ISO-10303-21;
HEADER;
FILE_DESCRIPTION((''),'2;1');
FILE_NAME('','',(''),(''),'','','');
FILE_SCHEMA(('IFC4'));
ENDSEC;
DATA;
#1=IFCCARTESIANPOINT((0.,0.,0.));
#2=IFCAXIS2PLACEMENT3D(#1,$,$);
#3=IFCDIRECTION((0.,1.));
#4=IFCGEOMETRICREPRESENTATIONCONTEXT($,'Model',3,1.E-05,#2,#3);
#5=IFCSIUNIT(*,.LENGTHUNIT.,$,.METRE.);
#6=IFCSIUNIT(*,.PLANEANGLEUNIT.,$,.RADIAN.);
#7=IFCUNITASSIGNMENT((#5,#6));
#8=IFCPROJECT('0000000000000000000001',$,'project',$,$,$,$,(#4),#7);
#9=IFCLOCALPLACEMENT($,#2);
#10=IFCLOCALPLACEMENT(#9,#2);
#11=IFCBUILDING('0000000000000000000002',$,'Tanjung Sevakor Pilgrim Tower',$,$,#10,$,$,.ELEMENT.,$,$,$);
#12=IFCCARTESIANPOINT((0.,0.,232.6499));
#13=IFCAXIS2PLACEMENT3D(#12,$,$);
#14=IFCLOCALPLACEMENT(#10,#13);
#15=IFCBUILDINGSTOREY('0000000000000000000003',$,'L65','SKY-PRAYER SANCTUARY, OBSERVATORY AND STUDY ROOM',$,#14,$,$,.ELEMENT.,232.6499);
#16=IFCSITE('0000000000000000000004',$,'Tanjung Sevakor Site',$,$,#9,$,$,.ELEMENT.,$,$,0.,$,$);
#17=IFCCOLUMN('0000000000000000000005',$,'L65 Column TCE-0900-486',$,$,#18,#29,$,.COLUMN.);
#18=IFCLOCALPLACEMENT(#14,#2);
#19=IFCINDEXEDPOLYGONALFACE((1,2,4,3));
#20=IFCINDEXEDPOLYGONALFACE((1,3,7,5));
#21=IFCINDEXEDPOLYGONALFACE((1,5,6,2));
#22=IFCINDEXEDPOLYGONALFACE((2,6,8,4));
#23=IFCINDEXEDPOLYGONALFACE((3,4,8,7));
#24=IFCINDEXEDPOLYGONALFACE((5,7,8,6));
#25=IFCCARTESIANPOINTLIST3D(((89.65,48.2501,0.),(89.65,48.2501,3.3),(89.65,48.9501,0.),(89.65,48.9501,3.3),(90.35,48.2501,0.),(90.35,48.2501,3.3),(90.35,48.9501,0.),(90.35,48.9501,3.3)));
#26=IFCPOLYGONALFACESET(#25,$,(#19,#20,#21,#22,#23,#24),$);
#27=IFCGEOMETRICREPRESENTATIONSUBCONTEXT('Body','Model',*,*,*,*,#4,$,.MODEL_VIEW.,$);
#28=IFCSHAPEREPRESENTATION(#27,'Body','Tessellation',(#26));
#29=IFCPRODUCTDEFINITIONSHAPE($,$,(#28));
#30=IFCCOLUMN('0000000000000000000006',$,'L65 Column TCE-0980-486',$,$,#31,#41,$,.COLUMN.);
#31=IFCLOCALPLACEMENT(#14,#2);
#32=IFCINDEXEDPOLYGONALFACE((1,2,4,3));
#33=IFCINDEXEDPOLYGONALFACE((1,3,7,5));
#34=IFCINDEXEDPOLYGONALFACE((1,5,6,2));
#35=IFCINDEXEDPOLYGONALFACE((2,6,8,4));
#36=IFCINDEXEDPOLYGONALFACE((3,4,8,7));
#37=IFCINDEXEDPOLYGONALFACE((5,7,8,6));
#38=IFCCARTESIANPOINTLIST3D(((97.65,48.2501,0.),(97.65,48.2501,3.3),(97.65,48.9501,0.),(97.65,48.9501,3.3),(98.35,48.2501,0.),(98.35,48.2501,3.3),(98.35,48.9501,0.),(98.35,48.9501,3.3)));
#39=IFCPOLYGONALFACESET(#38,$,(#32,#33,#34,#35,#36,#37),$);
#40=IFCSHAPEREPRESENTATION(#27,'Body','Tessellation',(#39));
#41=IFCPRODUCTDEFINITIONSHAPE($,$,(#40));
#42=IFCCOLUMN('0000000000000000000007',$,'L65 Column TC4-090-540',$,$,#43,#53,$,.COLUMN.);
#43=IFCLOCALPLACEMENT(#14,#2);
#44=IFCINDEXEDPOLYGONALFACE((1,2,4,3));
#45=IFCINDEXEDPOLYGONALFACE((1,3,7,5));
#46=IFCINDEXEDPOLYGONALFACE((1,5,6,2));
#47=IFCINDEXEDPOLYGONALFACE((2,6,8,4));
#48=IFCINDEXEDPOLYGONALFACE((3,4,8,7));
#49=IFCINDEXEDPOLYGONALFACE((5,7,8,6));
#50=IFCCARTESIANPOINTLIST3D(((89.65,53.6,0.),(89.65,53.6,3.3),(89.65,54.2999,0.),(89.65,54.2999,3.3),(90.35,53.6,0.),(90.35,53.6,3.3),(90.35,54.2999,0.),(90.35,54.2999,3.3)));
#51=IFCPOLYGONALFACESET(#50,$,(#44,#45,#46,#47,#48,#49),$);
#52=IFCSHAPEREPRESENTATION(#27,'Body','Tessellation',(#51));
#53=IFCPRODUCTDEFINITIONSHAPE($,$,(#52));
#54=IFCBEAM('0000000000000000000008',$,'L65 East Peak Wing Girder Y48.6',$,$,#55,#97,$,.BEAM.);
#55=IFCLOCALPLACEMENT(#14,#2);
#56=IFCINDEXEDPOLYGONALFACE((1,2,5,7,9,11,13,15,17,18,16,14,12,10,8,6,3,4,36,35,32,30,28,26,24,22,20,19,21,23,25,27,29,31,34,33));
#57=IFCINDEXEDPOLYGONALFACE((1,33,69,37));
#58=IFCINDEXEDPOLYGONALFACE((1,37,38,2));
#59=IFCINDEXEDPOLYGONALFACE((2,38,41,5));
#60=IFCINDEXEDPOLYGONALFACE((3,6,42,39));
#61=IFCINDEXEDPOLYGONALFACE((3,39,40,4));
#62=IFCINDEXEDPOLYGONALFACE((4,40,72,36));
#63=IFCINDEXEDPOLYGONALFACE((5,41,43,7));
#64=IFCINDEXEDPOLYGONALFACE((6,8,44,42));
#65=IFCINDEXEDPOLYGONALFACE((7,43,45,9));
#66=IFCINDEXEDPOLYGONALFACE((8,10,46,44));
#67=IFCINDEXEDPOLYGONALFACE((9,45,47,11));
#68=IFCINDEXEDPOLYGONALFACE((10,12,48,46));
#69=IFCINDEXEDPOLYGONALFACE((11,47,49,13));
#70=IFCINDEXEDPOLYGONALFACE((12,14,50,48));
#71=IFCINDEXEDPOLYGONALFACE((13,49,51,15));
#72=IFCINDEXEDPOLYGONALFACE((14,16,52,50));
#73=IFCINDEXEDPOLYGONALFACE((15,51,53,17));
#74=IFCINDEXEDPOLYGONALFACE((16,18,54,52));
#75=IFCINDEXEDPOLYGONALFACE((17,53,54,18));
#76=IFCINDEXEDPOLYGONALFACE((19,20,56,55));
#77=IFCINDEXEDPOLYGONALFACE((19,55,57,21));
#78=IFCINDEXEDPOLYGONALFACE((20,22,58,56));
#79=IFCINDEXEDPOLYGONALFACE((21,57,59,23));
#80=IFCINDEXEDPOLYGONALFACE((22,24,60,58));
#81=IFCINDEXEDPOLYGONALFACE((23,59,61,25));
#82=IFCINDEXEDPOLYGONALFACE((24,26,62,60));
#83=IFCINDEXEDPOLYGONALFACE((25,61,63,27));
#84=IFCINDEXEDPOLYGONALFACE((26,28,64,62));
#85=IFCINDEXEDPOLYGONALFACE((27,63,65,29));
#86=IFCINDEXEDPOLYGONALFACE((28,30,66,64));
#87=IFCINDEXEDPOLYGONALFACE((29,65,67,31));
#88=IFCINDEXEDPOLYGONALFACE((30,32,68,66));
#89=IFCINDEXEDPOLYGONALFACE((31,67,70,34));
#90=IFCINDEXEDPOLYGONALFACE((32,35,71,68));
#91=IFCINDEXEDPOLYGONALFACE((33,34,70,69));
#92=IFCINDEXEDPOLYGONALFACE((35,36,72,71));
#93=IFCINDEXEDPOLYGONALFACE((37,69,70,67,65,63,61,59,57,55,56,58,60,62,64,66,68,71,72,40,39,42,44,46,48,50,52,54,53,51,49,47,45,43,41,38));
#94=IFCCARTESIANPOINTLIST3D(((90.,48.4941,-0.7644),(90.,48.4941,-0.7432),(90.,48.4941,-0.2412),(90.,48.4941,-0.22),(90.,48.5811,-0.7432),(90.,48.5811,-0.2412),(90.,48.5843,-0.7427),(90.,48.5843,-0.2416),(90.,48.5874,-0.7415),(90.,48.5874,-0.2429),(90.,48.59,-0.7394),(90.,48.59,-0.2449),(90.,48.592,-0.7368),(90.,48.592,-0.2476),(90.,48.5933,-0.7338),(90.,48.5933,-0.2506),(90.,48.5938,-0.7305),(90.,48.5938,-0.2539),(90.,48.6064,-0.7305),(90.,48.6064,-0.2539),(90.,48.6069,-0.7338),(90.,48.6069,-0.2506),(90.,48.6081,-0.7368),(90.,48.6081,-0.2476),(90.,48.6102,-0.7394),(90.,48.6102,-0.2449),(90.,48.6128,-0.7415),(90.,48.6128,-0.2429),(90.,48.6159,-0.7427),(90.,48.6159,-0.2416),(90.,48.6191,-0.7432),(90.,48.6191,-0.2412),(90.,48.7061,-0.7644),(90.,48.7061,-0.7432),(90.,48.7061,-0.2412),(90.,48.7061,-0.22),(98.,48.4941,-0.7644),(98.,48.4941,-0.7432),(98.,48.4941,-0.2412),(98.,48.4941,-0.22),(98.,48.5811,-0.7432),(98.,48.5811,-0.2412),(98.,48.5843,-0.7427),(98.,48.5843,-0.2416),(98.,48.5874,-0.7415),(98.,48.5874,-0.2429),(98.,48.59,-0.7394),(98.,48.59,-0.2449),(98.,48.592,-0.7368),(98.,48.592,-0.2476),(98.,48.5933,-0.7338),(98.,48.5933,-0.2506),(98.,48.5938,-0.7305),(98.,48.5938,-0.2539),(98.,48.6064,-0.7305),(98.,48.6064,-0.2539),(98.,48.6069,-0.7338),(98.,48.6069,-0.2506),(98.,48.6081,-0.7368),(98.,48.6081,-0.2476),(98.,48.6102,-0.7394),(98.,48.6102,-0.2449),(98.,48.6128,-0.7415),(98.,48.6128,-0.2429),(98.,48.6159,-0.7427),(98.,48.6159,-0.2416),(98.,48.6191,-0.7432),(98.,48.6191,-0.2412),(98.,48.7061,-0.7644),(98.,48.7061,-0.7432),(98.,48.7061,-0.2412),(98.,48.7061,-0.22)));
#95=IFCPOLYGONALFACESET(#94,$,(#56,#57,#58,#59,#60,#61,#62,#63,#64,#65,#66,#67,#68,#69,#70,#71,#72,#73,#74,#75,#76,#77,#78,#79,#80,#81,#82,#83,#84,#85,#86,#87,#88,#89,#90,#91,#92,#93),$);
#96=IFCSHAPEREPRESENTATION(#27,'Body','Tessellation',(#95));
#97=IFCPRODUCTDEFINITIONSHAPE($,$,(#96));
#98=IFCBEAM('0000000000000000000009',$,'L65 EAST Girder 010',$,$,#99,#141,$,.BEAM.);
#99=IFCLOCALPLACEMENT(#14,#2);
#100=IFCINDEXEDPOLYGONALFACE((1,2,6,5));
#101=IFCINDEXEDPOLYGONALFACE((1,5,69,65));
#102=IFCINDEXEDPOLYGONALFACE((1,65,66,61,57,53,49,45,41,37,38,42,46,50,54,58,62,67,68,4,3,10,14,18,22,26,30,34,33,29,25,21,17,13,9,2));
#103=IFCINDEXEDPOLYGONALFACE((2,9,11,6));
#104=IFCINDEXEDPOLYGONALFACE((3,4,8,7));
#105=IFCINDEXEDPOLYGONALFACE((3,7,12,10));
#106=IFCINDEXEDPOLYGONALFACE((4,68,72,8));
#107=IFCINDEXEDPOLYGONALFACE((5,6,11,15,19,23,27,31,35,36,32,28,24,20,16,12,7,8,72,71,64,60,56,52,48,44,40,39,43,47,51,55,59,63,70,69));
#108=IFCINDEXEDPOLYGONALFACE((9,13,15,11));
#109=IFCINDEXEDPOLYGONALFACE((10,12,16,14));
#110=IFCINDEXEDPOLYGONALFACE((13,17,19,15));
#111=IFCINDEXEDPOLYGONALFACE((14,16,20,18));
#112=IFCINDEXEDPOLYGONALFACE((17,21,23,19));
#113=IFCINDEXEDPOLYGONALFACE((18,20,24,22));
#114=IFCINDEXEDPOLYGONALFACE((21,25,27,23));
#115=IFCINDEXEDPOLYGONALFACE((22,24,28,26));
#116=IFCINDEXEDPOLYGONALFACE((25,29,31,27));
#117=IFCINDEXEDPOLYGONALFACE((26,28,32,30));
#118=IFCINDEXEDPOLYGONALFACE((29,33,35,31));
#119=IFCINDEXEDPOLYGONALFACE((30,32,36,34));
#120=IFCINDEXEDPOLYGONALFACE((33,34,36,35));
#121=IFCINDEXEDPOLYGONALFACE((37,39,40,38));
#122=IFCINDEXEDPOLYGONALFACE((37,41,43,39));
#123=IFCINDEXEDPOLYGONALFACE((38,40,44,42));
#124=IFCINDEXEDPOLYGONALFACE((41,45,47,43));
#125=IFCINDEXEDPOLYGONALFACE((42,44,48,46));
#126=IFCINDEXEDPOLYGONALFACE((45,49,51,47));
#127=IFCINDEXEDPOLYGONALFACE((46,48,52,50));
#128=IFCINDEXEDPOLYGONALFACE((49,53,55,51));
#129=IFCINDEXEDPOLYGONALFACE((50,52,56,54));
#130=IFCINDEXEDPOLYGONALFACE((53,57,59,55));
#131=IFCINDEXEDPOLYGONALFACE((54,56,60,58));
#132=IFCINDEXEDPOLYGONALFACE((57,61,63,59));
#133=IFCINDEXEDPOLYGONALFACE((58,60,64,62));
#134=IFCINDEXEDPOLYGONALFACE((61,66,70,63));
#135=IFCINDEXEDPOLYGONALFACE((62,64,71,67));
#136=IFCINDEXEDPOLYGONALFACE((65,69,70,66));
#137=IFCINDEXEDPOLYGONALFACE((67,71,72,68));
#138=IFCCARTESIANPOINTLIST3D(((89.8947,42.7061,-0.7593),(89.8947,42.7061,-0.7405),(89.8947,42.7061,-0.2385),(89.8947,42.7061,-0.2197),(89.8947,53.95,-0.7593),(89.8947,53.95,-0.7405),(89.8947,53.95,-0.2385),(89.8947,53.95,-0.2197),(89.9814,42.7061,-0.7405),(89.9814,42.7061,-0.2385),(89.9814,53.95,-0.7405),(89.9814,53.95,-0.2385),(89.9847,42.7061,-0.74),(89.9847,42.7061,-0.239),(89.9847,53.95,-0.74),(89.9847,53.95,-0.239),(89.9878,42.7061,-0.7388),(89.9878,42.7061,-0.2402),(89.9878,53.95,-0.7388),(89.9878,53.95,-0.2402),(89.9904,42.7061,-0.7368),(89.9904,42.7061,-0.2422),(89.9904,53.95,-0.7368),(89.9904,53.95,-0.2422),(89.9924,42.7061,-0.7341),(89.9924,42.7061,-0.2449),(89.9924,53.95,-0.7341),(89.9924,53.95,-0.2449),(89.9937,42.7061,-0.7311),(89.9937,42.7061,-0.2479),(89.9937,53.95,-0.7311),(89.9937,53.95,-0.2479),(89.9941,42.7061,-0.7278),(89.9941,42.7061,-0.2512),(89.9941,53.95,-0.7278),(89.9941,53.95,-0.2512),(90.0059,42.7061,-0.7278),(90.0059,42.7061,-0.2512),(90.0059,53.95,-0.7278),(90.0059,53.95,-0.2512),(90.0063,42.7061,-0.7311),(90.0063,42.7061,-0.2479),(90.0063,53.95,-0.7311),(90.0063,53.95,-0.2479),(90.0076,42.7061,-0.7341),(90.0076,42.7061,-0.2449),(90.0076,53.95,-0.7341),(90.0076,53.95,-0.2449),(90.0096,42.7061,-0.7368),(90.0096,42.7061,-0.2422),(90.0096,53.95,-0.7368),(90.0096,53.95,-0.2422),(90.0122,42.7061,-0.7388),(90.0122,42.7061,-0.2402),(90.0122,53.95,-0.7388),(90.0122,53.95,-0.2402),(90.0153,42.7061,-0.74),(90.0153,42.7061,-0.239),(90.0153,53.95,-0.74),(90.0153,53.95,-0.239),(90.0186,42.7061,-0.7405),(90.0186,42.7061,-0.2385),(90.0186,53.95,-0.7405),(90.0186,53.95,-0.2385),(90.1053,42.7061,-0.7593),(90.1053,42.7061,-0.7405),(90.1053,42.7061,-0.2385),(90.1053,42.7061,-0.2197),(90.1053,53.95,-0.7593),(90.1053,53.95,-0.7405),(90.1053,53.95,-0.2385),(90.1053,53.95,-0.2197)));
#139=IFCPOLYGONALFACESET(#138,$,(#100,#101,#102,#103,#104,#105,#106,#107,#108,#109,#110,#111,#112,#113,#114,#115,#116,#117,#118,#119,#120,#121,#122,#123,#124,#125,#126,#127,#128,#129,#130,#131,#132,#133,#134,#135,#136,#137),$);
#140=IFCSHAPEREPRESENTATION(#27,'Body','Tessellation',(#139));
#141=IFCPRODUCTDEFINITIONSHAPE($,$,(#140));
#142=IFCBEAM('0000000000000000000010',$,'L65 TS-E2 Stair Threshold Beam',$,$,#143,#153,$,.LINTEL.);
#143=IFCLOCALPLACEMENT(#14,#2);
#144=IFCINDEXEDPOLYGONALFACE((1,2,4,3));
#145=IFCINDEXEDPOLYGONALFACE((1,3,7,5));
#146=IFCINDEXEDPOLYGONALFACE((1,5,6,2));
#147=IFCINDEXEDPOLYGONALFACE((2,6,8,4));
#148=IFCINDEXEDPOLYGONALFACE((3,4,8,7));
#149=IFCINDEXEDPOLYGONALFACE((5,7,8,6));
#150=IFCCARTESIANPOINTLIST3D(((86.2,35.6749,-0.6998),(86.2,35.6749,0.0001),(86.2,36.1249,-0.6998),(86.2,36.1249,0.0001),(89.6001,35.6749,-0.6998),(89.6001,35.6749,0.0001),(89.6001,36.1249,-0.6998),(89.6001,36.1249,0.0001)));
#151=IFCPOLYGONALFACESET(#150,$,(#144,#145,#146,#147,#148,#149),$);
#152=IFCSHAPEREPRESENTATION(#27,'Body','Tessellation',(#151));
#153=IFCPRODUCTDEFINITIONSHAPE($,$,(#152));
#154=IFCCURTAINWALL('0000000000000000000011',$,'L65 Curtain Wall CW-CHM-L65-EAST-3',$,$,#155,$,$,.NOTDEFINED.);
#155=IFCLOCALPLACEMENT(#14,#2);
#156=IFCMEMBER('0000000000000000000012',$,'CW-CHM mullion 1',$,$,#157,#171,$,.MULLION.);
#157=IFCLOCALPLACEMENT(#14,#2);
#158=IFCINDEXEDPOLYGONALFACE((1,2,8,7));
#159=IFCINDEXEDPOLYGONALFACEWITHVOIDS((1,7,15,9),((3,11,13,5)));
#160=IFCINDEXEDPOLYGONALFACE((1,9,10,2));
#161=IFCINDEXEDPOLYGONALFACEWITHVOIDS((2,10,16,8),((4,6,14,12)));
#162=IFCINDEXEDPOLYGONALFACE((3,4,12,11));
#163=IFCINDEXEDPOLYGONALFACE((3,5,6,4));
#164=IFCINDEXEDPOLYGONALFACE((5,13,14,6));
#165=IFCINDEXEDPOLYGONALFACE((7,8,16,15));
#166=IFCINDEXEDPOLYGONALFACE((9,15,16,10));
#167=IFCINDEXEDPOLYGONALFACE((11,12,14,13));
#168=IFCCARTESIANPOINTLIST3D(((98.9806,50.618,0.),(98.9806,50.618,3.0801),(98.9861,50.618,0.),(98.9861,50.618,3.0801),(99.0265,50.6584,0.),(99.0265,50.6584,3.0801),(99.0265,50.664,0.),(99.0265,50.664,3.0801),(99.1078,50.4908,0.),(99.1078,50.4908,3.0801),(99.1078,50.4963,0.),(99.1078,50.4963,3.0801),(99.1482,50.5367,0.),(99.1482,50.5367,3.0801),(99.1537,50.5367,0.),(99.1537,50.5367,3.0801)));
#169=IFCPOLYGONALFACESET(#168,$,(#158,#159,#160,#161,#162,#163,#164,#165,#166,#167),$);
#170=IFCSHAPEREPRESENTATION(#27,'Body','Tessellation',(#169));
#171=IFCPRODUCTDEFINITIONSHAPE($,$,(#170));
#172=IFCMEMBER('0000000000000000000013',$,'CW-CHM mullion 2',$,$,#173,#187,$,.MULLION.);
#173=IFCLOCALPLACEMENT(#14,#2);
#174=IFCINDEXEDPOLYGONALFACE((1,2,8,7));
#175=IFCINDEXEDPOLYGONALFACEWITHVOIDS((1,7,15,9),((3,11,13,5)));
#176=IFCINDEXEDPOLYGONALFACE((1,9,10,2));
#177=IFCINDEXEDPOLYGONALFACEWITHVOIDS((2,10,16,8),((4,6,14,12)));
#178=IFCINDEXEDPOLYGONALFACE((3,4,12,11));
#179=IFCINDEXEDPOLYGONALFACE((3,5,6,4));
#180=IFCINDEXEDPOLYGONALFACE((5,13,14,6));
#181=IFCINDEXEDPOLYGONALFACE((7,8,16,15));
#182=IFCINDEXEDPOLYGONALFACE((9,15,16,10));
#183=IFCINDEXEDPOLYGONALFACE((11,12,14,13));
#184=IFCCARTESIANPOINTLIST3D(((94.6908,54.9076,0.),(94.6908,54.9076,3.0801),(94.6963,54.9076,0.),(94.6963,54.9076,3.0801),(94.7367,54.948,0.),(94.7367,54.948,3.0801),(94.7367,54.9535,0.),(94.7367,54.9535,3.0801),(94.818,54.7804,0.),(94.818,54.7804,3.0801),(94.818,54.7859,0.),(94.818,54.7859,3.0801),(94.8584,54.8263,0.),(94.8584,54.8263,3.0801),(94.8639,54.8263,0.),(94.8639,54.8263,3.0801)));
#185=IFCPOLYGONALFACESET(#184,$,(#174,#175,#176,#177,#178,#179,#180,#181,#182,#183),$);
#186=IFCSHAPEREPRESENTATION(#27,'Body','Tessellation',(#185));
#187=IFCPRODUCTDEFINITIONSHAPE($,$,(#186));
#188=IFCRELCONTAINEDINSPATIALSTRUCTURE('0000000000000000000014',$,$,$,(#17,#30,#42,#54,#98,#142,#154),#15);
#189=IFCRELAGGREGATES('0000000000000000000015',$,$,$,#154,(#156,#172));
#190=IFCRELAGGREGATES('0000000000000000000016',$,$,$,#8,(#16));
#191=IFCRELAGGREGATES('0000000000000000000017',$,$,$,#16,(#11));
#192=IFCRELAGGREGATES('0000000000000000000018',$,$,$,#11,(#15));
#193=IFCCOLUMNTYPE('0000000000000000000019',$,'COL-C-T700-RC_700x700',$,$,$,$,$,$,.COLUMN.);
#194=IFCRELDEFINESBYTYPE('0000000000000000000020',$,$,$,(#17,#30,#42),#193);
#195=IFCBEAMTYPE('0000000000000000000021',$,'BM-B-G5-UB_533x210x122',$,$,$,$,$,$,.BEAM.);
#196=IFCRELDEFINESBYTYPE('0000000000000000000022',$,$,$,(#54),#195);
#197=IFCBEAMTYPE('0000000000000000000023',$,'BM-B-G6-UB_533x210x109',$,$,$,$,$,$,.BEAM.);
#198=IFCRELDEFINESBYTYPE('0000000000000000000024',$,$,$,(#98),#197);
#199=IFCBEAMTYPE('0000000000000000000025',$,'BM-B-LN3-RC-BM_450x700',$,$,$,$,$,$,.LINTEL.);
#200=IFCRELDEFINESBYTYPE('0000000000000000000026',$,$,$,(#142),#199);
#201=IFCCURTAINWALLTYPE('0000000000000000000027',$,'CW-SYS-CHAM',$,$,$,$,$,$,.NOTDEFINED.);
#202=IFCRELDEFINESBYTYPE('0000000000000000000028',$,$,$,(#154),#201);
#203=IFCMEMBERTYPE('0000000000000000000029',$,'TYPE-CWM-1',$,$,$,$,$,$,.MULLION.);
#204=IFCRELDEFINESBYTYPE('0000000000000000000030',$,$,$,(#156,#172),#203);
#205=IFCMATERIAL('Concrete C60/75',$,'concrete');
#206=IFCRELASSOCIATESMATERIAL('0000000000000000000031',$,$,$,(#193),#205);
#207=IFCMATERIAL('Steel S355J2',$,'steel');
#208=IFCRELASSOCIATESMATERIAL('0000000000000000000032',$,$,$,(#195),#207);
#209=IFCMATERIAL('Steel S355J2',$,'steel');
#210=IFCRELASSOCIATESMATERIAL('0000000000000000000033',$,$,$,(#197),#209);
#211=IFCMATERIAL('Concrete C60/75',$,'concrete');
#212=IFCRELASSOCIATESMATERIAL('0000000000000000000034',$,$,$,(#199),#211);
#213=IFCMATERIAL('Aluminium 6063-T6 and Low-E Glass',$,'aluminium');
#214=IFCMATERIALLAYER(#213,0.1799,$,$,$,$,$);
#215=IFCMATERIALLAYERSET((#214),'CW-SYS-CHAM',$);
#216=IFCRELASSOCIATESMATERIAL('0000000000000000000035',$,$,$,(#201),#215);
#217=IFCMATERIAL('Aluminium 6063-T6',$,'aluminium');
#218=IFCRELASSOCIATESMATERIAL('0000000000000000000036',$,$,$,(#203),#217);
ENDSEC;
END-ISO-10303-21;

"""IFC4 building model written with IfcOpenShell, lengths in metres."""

from ifc_helpers import new_model, si_unit, direction, frame, origin, origin_2d, place, context, subcontext, project, spatial, rectangle, hollow_rectangle, i_section, extrude, material, layer, layer_set, material_profile, profile_set, type_object, element, aggregate, save


model = new_model("IFC4")

# Units and contexts
model_context = context("Model", 3, precision=1e-05, world=origin(), true_north=direction((0.0, 1.0)))
body_context = subcontext(model_context, "Body", "Model", "MODEL_VIEW")
ifc_project = project(units=[si_unit("LENGTHUNIT", "METRE"), si_unit("PLANEANGLEUNIT", "RADIAN")], contexts=[model_context])

# Site, building, storey
site_placement = place(None, origin())
site = spatial("IfcSite", under=ifc_project, at=site_placement, Name="Tanjung Sevakor Site", CompositionType="ELEMENT", RefElevation=0.0)
building_placement = place(site_placement, origin())
building = spatial("IfcBuilding", under=site, at=building_placement, Name="Tanjung Sevakor Pilgrim Tower", CompositionType="ELEMENT")
storey_placement = place(building_placement, frame((0.0, 0.0, 232.6499)))
storey = spatial("IfcBuildingStorey", under=building, at=storey_placement, Name="L65", Description="SKY-PRAYER SANCTUARY, OBSERVATORY AND STUDY ROOM", CompositionType="ELEMENT", Elevation=232.6499)

# Columns
ifc_material_1 = material(Name="Concrete C60/75", Category="concrete")
ifc_material_profile_1 = material_profile(ifc_material_1, rectangle(XDim=0.7, YDim=0.7, at=origin_2d()))
ifc_profile_set_1 = profile_set([ifc_material_profile_1], Name="Concrete C60/75")
column_type = type_object("IfcColumnType", Name="COL-C-T700-RC_700x700", PredefinedType="COLUMN", material=ifc_profile_set_1)
for number, where, z_axis, x_axis, name in (
    (1, (90.0, 48.6001, 0.0), (0.0, 0.0, 1.0), (1.0, 0.0, 0.0), "L65 Column TCE-0900-486"),
    (2, (98.0, 48.6001, 0.0), (0.0, 0.0, 1.0), (1.0, 0.0, 0.0), "L65 Column TCE-0980-486"),
    (3, (90.0, 53.95, 0.0), (0.0, 0.0, 1.0), (1.0, 0.0, 0.0), "L65 Column TC4-090-540"),
):
    element("IfcColumn", number, at=place(storey_placement, frame(where, z_axis=z_axis, x_axis=x_axis)), inside=storey, type_object=column_type, Name=name, PredefinedType="COLUMN", context=body_context, shape_type="SweptSolid", body=[
        extrude(rectangle(XDim=0.7, YDim=0.7, at=origin_2d()), origin(), (0.0, 0.0, 1.0), 3.3),
    ])

# Beams
ifc_material_2 = material(Name="Steel S355J2", Category="steel")
ifc_material_profile_2 = material_profile(ifc_material_2, i_section(OverallWidth=0.2119, OverallDepth=0.5444, WebThickness=0.0127, FlangeThickness=0.0212, FilletRadius=0.0127, at=origin_2d()))
ifc_profile_set_2 = profile_set([ifc_material_profile_2], Name="Steel S355J2")
beam_type_1 = type_object("IfcBeamType", Name="BM-B-G5-UB_533x210x122", PredefinedType="BEAM", material=ifc_profile_set_2)
beam_1_placement = place(storey_placement, frame((90.0, 48.6001, -0.4922), z_axis=(1.0, 0.0, 0.0), x_axis=(0.0, 1.0, 0.0)))
element("IfcBeam", 4, at=beam_1_placement, inside=storey, type_object=beam_type_1, Name="L65 East Peak Wing Girder Y48.6", PredefinedType="BEAM", context=body_context, shape_type="SweptSolid", body=[
    extrude(i_section(OverallWidth=0.2119, OverallDepth=0.5444, WebThickness=0.0127, FlangeThickness=0.0212, FilletRadius=0.0127, at=origin_2d()), origin(), (0.0, 0.0, 1.0), 8.0),
])
ifc_material_3 = material(Name="Steel S355J2", Category="steel")
ifc_material_profile_3 = material_profile(ifc_material_3, i_section(OverallWidth=0.2107, OverallDepth=0.5396, WebThickness=0.0117, FlangeThickness=0.0188, FilletRadius=0.0127, at=origin_2d()))
ifc_profile_set_3 = profile_set([ifc_material_profile_3], Name="Steel S355J2")
beam_type_2 = type_object("IfcBeamType", Name="BM-B-G6-UB_533x210x109", PredefinedType="BEAM", material=ifc_profile_set_3)
beam_2_placement = place(storey_placement, frame((90.0, 42.7061, -0.4895), z_axis=(0.0, 1.0, 0.0), x_axis=(-1.0, 0.0, 0.0)))
element("IfcBeam", 5, at=beam_2_placement, inside=storey, type_object=beam_type_2, Name="L65 EAST Girder 010", PredefinedType="BEAM", context=body_context, shape_type="SweptSolid", body=[
    extrude(i_section(OverallWidth=0.2107, OverallDepth=0.5396, WebThickness=0.0117, FlangeThickness=0.0188, FilletRadius=0.0127, at=origin_2d()), origin(), (0.0, 0.0, 1.0), 11.2439),
])
ifc_material_4 = material(Name="Concrete C60/75", Category="concrete")
ifc_material_profile_4 = material_profile(ifc_material_4, rectangle(XDim=0.45, YDim=0.7, at=origin_2d()))
ifc_profile_set_4 = profile_set([ifc_material_profile_4], Name="Concrete C60/75")
beam_type_3 = type_object("IfcBeamType", Name="BM-B-LN3-RC-BM_450x700", PredefinedType="LINTEL", material=ifc_profile_set_4)
beam_3_placement = place(storey_placement, frame((86.2, 35.8999, -0.3499), z_axis=(1.0, 0.0, 0.0), x_axis=(0.0, 1.0, 0.0)))
element("IfcBeam", 6, at=beam_3_placement, inside=storey, type_object=beam_type_3, Name="L65 TS-E2 Stair Threshold Beam", PredefinedType="LINTEL", context=body_context, shape_type="SweptSolid", body=[
    extrude(rectangle(XDim=0.45, YDim=0.7, at=origin_2d()), origin(), (0.0, 0.0, 1.0), 3.4001),
])

# Curtain wall, members
ifc_material_5 = material(Name="Aluminium 6063-T6 and Low-E Glass", Category="aluminium")
ifc_layer_1 = layer(ifc_material_5, 0.1799)
ifc_layer_set_1 = layer_set([ifc_layer_1], Name="CW-SYS-CHAM")
curtain_wall_type = type_object("IfcCurtainWallType", Name="CW-SYS-CHAM", PredefinedType="NOTDEFINED", material=ifc_layer_set_1)
curtain_wall_placement = place(storey_placement, origin())
curtain_wall = element("IfcCurtainWall", 7, at=curtain_wall_placement, inside=storey, type_object=curtain_wall_type, Name="L65 Curtain Wall CW-CHM-L65-EAST-3", PredefinedType="NOTDEFINED")
ifc_material_6 = material(Name="Aluminium 6063-T6", Category="aluminium")
ifc_material_profile_5 = material_profile(ifc_material_6, hollow_rectangle(XDim=0.0649, YDim=0.1799, WallThickness=0.0039, at=origin_2d()))
ifc_profile_set_5 = profile_set([ifc_material_profile_5], Name="Aluminium 6063-T6")
member_type_1 = type_object("IfcMemberType", Name="TYPE-CWM-1", PredefinedType="MULLION", material=ifc_profile_set_5)
member_1_placement = place(storey_placement, frame((99.0671, 50.5774, 0.0), z_axis=(0.0, 0.0, 1.0), x_axis=(-0.707107, -0.707107, 0.0)))
member_1 = element("IfcMember", 8, at=member_1_placement, type_object=member_type_1, Name="CW-CHM mullion 1", PredefinedType="MULLION", context=body_context, shape_type="SweptSolid", body=[
    extrude(hollow_rectangle(XDim=0.0649, YDim=0.1799, WallThickness=0.0039, at=origin_2d()), origin(), (0.0, 0.0, 1.0), 3.0801),
])
member_2_placement = place(storey_placement, frame((94.7773, 54.8669, 0.0), z_axis=(0.0, 0.0, 1.0), x_axis=(-0.707107, -0.707107, 0.0)))
member_2 = element("IfcMember", 9, at=member_2_placement, type_object=member_type_1, Name="CW-CHM mullion 2", PredefinedType="MULLION", context=body_context, shape_type="SweptSolid", body=[
    extrude(hollow_rectangle(XDim=0.0649, YDim=0.1799, WallThickness=0.0039, at=origin_2d()), origin(), (0.0, 0.0, 1.0), 3.0801),
])
aggregate(curtain_wall, [member_1, member_2])

save(model, "model.ifc")
